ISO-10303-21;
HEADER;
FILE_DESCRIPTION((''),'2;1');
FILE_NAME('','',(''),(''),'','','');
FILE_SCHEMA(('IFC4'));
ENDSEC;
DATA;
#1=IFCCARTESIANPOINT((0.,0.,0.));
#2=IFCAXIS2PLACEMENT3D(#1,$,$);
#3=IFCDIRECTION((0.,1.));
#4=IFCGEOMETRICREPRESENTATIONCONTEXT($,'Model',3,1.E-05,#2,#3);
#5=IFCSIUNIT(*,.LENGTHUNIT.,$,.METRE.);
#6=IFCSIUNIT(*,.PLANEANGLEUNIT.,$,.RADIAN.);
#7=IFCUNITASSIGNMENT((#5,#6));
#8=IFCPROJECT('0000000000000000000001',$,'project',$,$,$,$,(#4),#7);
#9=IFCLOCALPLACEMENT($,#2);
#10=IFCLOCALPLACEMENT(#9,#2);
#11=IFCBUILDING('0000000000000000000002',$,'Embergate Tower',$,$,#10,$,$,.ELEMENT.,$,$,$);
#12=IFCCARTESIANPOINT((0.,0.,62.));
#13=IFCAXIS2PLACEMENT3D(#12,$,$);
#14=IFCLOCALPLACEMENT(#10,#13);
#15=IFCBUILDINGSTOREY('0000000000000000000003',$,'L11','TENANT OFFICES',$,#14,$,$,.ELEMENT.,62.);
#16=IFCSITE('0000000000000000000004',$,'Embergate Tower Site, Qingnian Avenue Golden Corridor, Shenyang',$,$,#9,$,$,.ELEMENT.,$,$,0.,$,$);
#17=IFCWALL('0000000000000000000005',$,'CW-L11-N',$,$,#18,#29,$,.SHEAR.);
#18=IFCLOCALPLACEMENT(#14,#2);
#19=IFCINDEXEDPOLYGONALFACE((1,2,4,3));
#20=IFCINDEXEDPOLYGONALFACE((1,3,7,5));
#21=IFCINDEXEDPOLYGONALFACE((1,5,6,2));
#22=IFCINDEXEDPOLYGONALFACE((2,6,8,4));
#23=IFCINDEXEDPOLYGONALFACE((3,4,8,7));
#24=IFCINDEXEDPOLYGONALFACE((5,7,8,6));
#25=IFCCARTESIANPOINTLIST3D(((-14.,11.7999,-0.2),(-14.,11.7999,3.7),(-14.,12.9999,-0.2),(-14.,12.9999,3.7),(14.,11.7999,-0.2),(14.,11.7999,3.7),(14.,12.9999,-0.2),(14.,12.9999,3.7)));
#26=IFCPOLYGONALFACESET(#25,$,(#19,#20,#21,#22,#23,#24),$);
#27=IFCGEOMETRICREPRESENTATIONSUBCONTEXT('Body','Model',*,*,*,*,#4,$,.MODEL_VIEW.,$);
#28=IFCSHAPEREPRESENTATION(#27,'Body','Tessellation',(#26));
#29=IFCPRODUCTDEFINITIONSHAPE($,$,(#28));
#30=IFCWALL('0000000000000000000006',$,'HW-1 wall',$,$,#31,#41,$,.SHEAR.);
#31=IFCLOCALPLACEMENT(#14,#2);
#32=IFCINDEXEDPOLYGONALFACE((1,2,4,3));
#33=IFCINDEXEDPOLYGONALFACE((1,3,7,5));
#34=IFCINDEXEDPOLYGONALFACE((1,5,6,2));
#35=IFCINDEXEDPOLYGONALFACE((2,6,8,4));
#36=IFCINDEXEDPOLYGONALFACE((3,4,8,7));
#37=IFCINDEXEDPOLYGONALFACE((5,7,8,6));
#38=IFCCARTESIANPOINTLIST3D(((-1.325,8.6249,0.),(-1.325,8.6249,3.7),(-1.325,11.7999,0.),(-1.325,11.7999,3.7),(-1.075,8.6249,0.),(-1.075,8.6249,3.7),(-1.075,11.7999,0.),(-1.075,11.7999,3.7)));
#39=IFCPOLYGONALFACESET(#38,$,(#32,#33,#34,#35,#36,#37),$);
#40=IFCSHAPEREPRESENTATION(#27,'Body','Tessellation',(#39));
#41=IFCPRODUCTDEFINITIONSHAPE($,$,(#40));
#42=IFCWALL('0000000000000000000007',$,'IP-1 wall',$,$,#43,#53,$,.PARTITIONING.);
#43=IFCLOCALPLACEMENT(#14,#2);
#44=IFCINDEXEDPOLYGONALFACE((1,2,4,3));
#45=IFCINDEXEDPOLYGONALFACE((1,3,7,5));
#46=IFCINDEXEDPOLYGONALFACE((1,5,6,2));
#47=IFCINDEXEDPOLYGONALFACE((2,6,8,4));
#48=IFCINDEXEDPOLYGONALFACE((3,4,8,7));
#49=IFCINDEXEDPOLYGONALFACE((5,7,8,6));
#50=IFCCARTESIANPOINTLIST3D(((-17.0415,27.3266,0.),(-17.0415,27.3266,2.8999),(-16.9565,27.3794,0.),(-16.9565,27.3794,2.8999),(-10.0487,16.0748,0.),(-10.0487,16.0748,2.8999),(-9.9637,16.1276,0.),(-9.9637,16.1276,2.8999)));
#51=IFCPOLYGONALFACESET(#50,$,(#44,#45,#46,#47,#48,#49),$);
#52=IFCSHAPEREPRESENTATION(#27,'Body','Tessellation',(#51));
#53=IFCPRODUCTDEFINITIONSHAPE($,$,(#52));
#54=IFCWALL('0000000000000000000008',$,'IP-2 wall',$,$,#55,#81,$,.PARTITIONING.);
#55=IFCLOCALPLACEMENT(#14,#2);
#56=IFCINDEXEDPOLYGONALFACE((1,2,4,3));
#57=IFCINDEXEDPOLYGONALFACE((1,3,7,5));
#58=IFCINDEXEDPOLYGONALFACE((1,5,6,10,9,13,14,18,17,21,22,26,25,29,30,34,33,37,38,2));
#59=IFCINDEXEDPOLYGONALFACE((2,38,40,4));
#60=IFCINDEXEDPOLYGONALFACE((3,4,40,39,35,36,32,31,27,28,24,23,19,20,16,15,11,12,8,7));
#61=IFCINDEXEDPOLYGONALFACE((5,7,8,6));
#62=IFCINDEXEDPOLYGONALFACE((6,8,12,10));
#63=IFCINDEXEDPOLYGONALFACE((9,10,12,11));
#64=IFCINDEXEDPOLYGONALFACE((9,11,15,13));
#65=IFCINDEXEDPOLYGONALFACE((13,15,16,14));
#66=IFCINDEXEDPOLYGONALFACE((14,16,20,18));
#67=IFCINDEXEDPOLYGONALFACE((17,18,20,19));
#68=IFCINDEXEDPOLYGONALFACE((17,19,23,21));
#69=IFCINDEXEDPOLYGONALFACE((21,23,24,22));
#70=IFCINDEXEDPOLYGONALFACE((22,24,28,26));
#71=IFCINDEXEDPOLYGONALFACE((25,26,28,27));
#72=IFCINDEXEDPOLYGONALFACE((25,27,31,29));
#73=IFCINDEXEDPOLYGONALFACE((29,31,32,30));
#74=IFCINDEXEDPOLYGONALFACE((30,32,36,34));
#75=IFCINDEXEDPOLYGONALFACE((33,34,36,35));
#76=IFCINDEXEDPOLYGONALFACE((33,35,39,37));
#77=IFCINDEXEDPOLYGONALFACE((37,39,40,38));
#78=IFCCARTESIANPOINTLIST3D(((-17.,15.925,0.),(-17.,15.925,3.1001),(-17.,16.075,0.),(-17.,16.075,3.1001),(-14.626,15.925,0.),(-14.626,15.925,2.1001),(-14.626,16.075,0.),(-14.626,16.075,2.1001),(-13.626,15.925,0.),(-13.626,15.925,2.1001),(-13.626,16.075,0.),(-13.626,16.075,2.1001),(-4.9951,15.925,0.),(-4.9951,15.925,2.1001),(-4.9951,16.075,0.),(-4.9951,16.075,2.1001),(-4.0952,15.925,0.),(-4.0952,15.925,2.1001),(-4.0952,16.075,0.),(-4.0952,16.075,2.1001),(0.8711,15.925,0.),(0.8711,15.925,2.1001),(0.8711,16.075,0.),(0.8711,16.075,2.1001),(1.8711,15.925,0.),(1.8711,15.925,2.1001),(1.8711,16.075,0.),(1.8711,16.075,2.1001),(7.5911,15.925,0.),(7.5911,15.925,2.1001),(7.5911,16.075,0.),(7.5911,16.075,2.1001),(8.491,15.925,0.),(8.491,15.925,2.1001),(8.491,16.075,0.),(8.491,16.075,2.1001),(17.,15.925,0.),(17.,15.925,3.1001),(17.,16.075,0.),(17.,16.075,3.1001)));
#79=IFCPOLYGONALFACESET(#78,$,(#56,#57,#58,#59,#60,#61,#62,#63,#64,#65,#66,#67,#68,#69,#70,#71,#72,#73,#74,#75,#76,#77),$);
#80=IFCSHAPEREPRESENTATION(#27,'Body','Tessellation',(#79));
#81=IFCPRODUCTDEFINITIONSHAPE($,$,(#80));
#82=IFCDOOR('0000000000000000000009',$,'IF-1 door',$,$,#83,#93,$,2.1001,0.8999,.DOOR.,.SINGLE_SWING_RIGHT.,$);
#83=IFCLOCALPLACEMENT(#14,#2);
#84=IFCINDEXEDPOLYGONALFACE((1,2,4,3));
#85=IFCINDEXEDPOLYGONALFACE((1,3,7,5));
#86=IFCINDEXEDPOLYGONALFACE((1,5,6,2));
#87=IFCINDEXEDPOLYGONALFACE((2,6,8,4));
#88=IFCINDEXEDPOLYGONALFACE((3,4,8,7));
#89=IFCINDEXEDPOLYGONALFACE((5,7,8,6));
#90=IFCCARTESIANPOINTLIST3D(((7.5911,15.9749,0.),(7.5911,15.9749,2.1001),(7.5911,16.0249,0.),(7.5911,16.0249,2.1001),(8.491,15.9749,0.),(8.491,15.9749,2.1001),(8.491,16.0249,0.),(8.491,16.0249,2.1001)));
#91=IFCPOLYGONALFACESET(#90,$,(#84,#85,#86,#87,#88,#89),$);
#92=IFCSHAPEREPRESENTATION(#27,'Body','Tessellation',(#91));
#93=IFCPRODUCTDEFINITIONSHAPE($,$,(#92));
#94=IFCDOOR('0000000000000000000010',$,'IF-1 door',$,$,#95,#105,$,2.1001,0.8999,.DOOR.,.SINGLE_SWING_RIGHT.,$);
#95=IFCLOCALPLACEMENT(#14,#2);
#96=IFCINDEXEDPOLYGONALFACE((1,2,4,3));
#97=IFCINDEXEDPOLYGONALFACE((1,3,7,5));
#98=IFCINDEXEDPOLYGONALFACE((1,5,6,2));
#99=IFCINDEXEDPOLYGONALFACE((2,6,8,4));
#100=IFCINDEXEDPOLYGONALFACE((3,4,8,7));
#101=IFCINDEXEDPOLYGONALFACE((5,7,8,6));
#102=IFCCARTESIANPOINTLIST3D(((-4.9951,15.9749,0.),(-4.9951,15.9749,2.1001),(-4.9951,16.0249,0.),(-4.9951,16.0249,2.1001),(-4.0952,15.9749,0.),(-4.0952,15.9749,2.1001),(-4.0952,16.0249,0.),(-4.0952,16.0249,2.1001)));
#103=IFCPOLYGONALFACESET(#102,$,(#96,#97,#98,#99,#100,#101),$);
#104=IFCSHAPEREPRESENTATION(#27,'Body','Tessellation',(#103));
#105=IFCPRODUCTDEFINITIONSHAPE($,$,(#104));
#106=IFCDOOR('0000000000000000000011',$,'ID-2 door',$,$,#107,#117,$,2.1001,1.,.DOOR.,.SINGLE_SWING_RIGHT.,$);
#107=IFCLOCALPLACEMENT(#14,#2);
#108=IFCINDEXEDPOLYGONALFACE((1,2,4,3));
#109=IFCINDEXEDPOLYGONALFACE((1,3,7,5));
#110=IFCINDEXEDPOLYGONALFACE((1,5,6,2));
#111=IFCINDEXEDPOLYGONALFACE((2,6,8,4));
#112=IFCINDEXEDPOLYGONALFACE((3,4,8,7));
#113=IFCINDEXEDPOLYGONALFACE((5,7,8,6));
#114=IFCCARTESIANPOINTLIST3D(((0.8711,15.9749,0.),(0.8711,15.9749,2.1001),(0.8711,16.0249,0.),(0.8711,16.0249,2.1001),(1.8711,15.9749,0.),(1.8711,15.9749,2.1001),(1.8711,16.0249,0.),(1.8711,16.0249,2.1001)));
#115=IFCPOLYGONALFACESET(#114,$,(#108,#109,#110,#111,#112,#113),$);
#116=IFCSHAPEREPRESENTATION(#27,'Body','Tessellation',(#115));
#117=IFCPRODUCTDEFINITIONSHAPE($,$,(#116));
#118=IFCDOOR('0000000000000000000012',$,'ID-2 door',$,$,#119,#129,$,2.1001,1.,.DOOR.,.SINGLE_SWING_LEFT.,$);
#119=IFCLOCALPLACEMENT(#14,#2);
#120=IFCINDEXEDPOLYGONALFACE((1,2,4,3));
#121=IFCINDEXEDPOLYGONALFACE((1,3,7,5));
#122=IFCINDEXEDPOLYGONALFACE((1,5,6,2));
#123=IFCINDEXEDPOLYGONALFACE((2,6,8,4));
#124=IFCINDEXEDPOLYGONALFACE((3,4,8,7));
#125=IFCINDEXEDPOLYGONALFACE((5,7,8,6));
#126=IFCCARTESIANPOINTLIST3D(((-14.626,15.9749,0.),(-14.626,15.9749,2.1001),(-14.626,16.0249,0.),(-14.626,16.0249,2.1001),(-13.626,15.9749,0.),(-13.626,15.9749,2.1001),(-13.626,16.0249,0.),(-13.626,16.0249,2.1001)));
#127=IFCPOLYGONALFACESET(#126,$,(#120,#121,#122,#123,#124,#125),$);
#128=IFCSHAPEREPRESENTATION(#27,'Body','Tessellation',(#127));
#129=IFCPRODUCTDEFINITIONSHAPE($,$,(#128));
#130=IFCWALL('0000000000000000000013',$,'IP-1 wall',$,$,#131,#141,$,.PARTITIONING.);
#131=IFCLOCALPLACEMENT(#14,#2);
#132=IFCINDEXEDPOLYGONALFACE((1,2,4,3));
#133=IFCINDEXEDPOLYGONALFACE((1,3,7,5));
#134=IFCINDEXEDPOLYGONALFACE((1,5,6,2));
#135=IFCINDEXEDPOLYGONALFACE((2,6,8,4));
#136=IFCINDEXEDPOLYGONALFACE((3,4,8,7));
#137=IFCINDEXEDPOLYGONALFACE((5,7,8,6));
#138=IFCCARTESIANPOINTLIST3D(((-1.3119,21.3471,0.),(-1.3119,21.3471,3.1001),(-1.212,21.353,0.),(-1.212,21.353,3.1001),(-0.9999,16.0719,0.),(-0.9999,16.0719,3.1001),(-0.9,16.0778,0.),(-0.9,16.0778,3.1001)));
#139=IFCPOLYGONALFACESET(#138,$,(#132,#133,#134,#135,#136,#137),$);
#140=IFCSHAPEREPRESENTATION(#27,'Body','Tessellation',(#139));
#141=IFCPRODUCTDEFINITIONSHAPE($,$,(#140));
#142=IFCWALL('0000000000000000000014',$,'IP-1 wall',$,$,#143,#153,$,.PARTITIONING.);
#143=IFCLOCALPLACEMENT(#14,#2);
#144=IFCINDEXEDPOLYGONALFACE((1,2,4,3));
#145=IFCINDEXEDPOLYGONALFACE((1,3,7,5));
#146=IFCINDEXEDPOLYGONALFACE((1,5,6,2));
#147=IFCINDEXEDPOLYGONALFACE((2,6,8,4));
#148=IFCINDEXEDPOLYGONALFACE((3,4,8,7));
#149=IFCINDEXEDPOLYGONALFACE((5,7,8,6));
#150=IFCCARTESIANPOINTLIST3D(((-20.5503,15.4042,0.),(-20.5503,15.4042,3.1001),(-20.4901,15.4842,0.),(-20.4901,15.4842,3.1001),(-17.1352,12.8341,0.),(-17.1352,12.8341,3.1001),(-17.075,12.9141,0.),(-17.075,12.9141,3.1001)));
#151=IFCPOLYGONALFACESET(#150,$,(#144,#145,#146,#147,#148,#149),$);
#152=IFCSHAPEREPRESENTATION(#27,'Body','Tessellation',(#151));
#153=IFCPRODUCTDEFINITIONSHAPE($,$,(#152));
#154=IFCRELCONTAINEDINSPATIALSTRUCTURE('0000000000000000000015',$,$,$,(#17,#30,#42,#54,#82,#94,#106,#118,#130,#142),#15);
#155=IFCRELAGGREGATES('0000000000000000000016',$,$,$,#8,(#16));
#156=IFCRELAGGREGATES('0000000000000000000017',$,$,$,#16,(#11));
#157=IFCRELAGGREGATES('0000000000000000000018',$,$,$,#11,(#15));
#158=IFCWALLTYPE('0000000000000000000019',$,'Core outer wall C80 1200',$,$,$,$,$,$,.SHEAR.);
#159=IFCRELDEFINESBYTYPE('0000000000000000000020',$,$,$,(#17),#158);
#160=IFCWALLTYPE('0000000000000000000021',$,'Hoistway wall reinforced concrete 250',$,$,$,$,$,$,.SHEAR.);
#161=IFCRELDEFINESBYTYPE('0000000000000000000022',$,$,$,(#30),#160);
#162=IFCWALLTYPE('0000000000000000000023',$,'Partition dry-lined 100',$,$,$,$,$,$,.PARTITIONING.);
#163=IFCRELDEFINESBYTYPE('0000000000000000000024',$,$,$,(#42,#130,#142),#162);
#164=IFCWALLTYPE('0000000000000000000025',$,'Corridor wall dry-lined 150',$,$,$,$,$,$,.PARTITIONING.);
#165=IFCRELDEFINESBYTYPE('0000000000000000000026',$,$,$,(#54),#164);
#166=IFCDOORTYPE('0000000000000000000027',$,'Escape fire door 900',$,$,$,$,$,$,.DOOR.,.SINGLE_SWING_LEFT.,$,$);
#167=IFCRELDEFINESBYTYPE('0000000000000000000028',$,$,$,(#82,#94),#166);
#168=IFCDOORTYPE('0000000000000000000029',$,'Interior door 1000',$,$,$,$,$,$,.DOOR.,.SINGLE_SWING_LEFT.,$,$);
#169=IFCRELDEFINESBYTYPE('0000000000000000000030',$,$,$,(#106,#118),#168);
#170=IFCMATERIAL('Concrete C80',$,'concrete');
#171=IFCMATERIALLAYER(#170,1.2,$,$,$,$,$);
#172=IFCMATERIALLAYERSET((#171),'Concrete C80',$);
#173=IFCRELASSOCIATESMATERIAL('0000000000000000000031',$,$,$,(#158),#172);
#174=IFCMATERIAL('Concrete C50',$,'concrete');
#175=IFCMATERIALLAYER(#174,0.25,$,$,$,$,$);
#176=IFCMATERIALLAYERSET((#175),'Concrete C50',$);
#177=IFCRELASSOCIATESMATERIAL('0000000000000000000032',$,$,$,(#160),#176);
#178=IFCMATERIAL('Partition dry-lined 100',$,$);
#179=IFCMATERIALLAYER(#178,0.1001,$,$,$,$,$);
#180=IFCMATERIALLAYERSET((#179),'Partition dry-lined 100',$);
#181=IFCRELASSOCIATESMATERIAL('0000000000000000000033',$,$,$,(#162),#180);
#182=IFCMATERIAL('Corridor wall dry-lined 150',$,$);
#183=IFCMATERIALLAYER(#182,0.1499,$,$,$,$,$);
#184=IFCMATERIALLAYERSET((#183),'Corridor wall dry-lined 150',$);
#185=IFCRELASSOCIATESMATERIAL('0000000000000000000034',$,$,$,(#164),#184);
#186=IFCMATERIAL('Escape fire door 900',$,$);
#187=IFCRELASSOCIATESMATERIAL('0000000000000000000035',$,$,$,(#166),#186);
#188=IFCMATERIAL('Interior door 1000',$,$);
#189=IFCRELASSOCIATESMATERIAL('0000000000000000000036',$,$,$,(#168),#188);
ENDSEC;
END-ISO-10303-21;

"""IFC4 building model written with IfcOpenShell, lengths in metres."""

from ifc_helpers import new_model, si_unit, direction, frame, frame_2d, origin, place, context, subcontext, project, spatial, rectangle, extrude, source, transform, mapped, material, layer, layer_set, type_object, element, fill, save


model = new_model("IFC4")

# Units and contexts
model_context = context("Model", 3, precision=1e-05, world=origin(), true_north=direction((0.0, 1.0)))
body_context = subcontext(model_context, "Body", "Model", "MODEL_VIEW")
ifc_project = project(units=[si_unit("LENGTHUNIT", "METRE"), si_unit("PLANEANGLEUNIT", "RADIAN")], contexts=[model_context])

# Site, building, storey
site_placement = place(None, origin())
site = spatial("IfcSite", under=ifc_project, at=site_placement, Name="Embergate Tower Site, Qingnian Avenue Golden Corridor, Shenyang", CompositionType="ELEMENT", RefElevation=0.0)
building_placement = place(site_placement, origin())
building = spatial("IfcBuilding", under=site, at=building_placement, Name="Embergate Tower", CompositionType="ELEMENT")
storey_placement = place(building_placement, frame((0.0, 0.0, 62.0)))
storey = spatial("IfcBuildingStorey", under=building, at=storey_placement, Name="L11", Description="TENANT OFFICES", CompositionType="ELEMENT", Elevation=62.0)

# Walls
ifc_material_1 = material(Name="Concrete C80", Category="concrete")
ifc_layer_1 = layer(ifc_material_1, 1.2)
ifc_layer_set_1 = layer_set([ifc_layer_1], Name="Concrete C80")
wall_type_1 = type_object("IfcWallType", Name="Core outer wall C80 1200", PredefinedType="SHEAR", material=ifc_layer_set_1)
shared_shape_1 = source(origin(), body_context, "Body", "SweptSolid", [
    extrude(rectangle(XDim=28.0, YDim=1.2, at=frame_2d((14.0, 0.0))), origin(), (0.0, 0.0, 1.0), 3.8999),
])
wall_1_placement = place(storey_placement, frame((-14.0, 12.3999, -0.2), z_axis=(0.0, 0.0, 1.0), x_axis=(1.0, 0.0, 0.0)))
element("IfcWall", 1, at=wall_1_placement, inside=storey, type_object=wall_type_1, Name="CW-L11-N", PredefinedType="SHEAR", context=body_context, shape_type="MappedRepresentation", body=[
    mapped(shared_shape_1, transform((0.0, 0.0, 0.0))),
])
ifc_material_2 = material(Name="Concrete C50", Category="concrete")
ifc_layer_2 = layer(ifc_material_2, 0.25)
ifc_layer_set_2 = layer_set([ifc_layer_2], Name="Concrete C50")
wall_type_2 = type_object("IfcWallType", Name="Hoistway wall reinforced concrete 250", PredefinedType="SHEAR", material=ifc_layer_set_2)
shared_shape_2 = source(origin(), body_context, "Body", "SweptSolid", [
    extrude(rectangle(XDim=3.175, YDim=0.25, at=frame_2d((1.5874, 0.0))), origin(), (0.0, 0.0, 1.0), 3.7),
])
wall_2_placement = place(storey_placement, frame((-1.2, 8.625, 0.0), z_axis=(0.0, 0.0, 1.0), x_axis=(0.0, 1.0, 0.0)))
element("IfcWall", 2, at=wall_2_placement, inside=storey, type_object=wall_type_2, Name="HW-1 wall", PredefinedType="SHEAR", context=body_context, shape_type="MappedRepresentation", body=[
    mapped(shared_shape_2, transform((0.0, 0.0, 0.0))),
])
ifc_material_3 = material(Name="Partition dry-lined 100")
ifc_layer_3 = layer(ifc_material_3, 0.1001)
ifc_layer_set_3 = layer_set([ifc_layer_3], Name="Partition dry-lined 100")
wall_type_3 = type_object("IfcWallType", Name="Partition dry-lined 100", PredefinedType="PARTITIONING", material=ifc_layer_set_3)
shared_shape_3 = source(origin(), body_context, "Body", "SweptSolid", [
    extrude(rectangle(XDim=13.2478, YDim=0.1001, at=frame_2d((6.624, 0.0))), origin(), (0.0, 0.0, 1.0), 2.8999),
])
wall_3_placement = place(storey_placement, frame((-10.0061, 16.1011, 0.0), z_axis=(0.0, 0.0, 1.0), x_axis=(-0.52785, 0.849337, 0.0)))
element("IfcWall", 3, at=wall_3_placement, inside=storey, type_object=wall_type_3, Name="IP-1 wall", PredefinedType="PARTITIONING", context=body_context, shape_type="MappedRepresentation", body=[
    mapped(shared_shape_3, transform((0.0, 0.0, 0.0))),
])

# Wall, openings, doors
ifc_material_4 = material(Name="Corridor wall dry-lined 150")
ifc_layer_4 = layer(ifc_material_4, 0.1499)
ifc_layer_set_4 = layer_set([ifc_layer_4], Name="Corridor wall dry-lined 150")
wall_type_4 = type_object("IfcWallType", Name="Corridor wall dry-lined 150", PredefinedType="PARTITIONING", material=ifc_layer_set_4)
shared_shape_4 = source(origin(), body_context, "Body", "SweptSolid", [
    extrude(rectangle(XDim=34.0, YDim=0.1499, at=frame_2d((17.0, 0.0))), origin(), (0.0, 0.0, 1.0), 3.1001),
])
wall_4_placement = place(storey_placement, frame((-17.0, 16.0, 0.0), z_axis=(0.0, 0.0, 1.0), x_axis=(1.0, 0.0, 0.0)))
wall_4 = element("IfcWall", 4, at=wall_4_placement, inside=storey, type_object=wall_type_4, Name="IP-2 wall", PredefinedType="PARTITIONING", context=body_context, shape_type="MappedRepresentation", body=[
    mapped(shared_shape_4, transform((0.0, 0.0, 0.0))),
])
shared_shape_5 = source(origin(), body_context, "Body", "SweptSolid", [
    extrude(rectangle(XDim=0.8999, YDim=2.1001, at=frame_2d((0.45, 1.05))), frame((0.0, 0.085, 0.0), z_axis=(0.0, -1.0, 0.0), x_axis=(1.0, 0.0, 0.0)), (0.0, 0.0, 1.0), 0.1699),
])
opening_1_placement = place(wall_4_placement, frame((24.5911, 0.0, 0.0)))
opening_1 = element("IfcOpeningElement", 5, at=opening_1_placement, cuts=wall_4, PredefinedType="OPENING", context=body_context, shape_type="MappedRepresentation", body=[
    mapped(shared_shape_5, transform((0.0, 0.0, 0.0))),
])
shared_shape_6 = source(origin(), body_context, "Body", "SweptSolid", [
    extrude(rectangle(XDim=1.0, YDim=2.1001, at=frame_2d((0.5, 1.05))), frame((0.0, 0.085, 0.0), z_axis=(0.0, -1.0, 0.0), x_axis=(1.0, 0.0, 0.0)), (0.0, 0.0, 1.0), 0.1699),
])
opening_2_placement = place(wall_4_placement, frame((17.8711, 0.0, 0.0)))
opening_2 = element("IfcOpeningElement", 6, at=opening_2_placement, cuts=wall_4, PredefinedType="OPENING", context=body_context, shape_type="MappedRepresentation", body=[
    mapped(shared_shape_6, transform((0.0, 0.0, 0.0))),
])
opening_3_placement = place(wall_4_placement, frame((12.0049, 0.0, 0.0)))
opening_3 = element("IfcOpeningElement", 7, at=opening_3_placement, cuts=wall_4, PredefinedType="OPENING", context=body_context, shape_type="MappedRepresentation", body=[
    mapped(shared_shape_5, transform((0.0, 0.0, 0.0))),
])
opening_4_placement = place(wall_4_placement, frame((2.374, 0.0, 0.0)))
opening_4 = element("IfcOpeningElement", 8, at=opening_4_placement, cuts=wall_4, PredefinedType="OPENING", context=body_context, shape_type="MappedRepresentation", body=[
    mapped(shared_shape_6, transform((0.0, 0.0, 0.0))),
])
ifc_material_5 = material(Name="Escape fire door 900")
door_type_1 = type_object("IfcDoorType", Name="Escape fire door 900", OperationType="SINGLE_SWING_LEFT", PredefinedType="DOOR", material=ifc_material_5)
shared_shape_7 = source(origin(), body_context, "Body", "SweptSolid", [
    extrude(rectangle(XDim=0.8999, YDim=2.1001, at=frame_2d((0.45, 1.05))), frame((0.0, 0.0249, 0.0), z_axis=(0.0, -1.0, 0.0), x_axis=(1.0, 0.0, 0.0)), (0.0, 0.0, 1.0), 0.05),
])
door_1_placement = place(opening_1_placement, origin())
door_1 = element("IfcDoor", 9, at=door_1_placement, inside=storey, type_object=door_type_1, Name="IF-1 door", OperationType="SINGLE_SWING_RIGHT", OverallHeight=2.1001, OverallWidth=0.8999, PredefinedType="DOOR", context=body_context, shape_type="MappedRepresentation", body=[
    mapped(shared_shape_7, transform((0.0, 0.0, 0.0))),
])
fill(opening_1, door_1)
door_2_placement = place(opening_3_placement, origin())
door_2 = element("IfcDoor", 10, at=door_2_placement, inside=storey, type_object=door_type_1, Name="IF-1 door", OperationType="SINGLE_SWING_RIGHT", OverallHeight=2.1001, OverallWidth=0.8999, PredefinedType="DOOR", context=body_context, shape_type="MappedRepresentation", body=[
    mapped(shared_shape_7, transform((0.0, 0.0, 0.0))),
])
fill(opening_3, door_2)
ifc_material_6 = material(Name="Interior door 1000")
door_type_2 = type_object("IfcDoorType", Name="Interior door 1000", OperationType="SINGLE_SWING_LEFT", PredefinedType="DOOR", material=ifc_material_6)
shared_shape_8 = source(origin(), body_context, "Body", "SweptSolid", [
    extrude(rectangle(XDim=1.0, YDim=2.1001, at=frame_2d((0.5, 1.05))), frame((0.0, 0.0249, 0.0), z_axis=(0.0, -1.0, 0.0), x_axis=(1.0, 0.0, 0.0)), (0.0, 0.0, 1.0), 0.05),
])
door_3_placement = place(opening_2_placement, origin())
door_3 = element("IfcDoor", 11, at=door_3_placement, inside=storey, type_object=door_type_2, Name="ID-2 door", OperationType="SINGLE_SWING_RIGHT", OverallHeight=2.1001, OverallWidth=1.0, PredefinedType="DOOR", context=body_context, shape_type="MappedRepresentation", body=[
    mapped(shared_shape_8, transform((0.0, 0.0, 0.0))),
])
fill(opening_2, door_3)
door_4_placement = place(opening_4_placement, origin())
door_4 = element("IfcDoor", 12, at=door_4_placement, inside=storey, type_object=door_type_2, Name="ID-2 door", OperationType="SINGLE_SWING_LEFT", OverallHeight=2.1001, OverallWidth=1.0, PredefinedType="DOOR", context=body_context, shape_type="MappedRepresentation", body=[
    mapped(shared_shape_8, transform((0.0, 0.0, 0.0))),
])
fill(opening_4, door_4)

# Walls
shared_shape_9 = source(origin(), body_context, "Body", "SweptSolid", [
    extrude(rectangle(XDim=5.2844, YDim=0.1001, at=frame_2d((2.6421, 0.0))), origin(), (0.0, 0.0, 1.0), 3.1001),
])
wall_5_placement = place(storey_placement, frame((-0.95, 16.075, 0.0), z_axis=(0.0, 0.0, 1.0), x_axis=(-0.059044, 0.998255, 0.0)))
element("IfcWall", 13, at=wall_5_placement, inside=storey, type_object=wall_type_3, Name="IP-1 wall", PredefinedType="PARTITIONING", context=body_context, shape_type="MappedRepresentation", body=[
    mapped(shared_shape_9, transform((0.0, 0.0, 0.0))),
])
shared_shape_10 = source(origin(), body_context, "Body", "SweptSolid", [
    extrude(rectangle(XDim=4.2742, YDim=0.1001, at=frame_2d((2.1372, 0.0))), origin(), (0.0, 0.0, 1.0), 3.1001),
])
wall_6_placement = place(storey_placement, frame((-17.105, 12.874, 0.0), z_axis=(0.0, 0.0, 1.0), x_axis=(-0.799012, 0.601315, 0.0)))
element("IfcWall", 14, at=wall_6_placement, inside=storey, type_object=wall_type_3, Name="IP-1 wall", PredefinedType="PARTITIONING", context=body_context, shape_type="MappedRepresentation", body=[
    mapped(shared_shape_10, transform((0.0, 0.0, 0.0))),
])

save(model, "model.ifc")
